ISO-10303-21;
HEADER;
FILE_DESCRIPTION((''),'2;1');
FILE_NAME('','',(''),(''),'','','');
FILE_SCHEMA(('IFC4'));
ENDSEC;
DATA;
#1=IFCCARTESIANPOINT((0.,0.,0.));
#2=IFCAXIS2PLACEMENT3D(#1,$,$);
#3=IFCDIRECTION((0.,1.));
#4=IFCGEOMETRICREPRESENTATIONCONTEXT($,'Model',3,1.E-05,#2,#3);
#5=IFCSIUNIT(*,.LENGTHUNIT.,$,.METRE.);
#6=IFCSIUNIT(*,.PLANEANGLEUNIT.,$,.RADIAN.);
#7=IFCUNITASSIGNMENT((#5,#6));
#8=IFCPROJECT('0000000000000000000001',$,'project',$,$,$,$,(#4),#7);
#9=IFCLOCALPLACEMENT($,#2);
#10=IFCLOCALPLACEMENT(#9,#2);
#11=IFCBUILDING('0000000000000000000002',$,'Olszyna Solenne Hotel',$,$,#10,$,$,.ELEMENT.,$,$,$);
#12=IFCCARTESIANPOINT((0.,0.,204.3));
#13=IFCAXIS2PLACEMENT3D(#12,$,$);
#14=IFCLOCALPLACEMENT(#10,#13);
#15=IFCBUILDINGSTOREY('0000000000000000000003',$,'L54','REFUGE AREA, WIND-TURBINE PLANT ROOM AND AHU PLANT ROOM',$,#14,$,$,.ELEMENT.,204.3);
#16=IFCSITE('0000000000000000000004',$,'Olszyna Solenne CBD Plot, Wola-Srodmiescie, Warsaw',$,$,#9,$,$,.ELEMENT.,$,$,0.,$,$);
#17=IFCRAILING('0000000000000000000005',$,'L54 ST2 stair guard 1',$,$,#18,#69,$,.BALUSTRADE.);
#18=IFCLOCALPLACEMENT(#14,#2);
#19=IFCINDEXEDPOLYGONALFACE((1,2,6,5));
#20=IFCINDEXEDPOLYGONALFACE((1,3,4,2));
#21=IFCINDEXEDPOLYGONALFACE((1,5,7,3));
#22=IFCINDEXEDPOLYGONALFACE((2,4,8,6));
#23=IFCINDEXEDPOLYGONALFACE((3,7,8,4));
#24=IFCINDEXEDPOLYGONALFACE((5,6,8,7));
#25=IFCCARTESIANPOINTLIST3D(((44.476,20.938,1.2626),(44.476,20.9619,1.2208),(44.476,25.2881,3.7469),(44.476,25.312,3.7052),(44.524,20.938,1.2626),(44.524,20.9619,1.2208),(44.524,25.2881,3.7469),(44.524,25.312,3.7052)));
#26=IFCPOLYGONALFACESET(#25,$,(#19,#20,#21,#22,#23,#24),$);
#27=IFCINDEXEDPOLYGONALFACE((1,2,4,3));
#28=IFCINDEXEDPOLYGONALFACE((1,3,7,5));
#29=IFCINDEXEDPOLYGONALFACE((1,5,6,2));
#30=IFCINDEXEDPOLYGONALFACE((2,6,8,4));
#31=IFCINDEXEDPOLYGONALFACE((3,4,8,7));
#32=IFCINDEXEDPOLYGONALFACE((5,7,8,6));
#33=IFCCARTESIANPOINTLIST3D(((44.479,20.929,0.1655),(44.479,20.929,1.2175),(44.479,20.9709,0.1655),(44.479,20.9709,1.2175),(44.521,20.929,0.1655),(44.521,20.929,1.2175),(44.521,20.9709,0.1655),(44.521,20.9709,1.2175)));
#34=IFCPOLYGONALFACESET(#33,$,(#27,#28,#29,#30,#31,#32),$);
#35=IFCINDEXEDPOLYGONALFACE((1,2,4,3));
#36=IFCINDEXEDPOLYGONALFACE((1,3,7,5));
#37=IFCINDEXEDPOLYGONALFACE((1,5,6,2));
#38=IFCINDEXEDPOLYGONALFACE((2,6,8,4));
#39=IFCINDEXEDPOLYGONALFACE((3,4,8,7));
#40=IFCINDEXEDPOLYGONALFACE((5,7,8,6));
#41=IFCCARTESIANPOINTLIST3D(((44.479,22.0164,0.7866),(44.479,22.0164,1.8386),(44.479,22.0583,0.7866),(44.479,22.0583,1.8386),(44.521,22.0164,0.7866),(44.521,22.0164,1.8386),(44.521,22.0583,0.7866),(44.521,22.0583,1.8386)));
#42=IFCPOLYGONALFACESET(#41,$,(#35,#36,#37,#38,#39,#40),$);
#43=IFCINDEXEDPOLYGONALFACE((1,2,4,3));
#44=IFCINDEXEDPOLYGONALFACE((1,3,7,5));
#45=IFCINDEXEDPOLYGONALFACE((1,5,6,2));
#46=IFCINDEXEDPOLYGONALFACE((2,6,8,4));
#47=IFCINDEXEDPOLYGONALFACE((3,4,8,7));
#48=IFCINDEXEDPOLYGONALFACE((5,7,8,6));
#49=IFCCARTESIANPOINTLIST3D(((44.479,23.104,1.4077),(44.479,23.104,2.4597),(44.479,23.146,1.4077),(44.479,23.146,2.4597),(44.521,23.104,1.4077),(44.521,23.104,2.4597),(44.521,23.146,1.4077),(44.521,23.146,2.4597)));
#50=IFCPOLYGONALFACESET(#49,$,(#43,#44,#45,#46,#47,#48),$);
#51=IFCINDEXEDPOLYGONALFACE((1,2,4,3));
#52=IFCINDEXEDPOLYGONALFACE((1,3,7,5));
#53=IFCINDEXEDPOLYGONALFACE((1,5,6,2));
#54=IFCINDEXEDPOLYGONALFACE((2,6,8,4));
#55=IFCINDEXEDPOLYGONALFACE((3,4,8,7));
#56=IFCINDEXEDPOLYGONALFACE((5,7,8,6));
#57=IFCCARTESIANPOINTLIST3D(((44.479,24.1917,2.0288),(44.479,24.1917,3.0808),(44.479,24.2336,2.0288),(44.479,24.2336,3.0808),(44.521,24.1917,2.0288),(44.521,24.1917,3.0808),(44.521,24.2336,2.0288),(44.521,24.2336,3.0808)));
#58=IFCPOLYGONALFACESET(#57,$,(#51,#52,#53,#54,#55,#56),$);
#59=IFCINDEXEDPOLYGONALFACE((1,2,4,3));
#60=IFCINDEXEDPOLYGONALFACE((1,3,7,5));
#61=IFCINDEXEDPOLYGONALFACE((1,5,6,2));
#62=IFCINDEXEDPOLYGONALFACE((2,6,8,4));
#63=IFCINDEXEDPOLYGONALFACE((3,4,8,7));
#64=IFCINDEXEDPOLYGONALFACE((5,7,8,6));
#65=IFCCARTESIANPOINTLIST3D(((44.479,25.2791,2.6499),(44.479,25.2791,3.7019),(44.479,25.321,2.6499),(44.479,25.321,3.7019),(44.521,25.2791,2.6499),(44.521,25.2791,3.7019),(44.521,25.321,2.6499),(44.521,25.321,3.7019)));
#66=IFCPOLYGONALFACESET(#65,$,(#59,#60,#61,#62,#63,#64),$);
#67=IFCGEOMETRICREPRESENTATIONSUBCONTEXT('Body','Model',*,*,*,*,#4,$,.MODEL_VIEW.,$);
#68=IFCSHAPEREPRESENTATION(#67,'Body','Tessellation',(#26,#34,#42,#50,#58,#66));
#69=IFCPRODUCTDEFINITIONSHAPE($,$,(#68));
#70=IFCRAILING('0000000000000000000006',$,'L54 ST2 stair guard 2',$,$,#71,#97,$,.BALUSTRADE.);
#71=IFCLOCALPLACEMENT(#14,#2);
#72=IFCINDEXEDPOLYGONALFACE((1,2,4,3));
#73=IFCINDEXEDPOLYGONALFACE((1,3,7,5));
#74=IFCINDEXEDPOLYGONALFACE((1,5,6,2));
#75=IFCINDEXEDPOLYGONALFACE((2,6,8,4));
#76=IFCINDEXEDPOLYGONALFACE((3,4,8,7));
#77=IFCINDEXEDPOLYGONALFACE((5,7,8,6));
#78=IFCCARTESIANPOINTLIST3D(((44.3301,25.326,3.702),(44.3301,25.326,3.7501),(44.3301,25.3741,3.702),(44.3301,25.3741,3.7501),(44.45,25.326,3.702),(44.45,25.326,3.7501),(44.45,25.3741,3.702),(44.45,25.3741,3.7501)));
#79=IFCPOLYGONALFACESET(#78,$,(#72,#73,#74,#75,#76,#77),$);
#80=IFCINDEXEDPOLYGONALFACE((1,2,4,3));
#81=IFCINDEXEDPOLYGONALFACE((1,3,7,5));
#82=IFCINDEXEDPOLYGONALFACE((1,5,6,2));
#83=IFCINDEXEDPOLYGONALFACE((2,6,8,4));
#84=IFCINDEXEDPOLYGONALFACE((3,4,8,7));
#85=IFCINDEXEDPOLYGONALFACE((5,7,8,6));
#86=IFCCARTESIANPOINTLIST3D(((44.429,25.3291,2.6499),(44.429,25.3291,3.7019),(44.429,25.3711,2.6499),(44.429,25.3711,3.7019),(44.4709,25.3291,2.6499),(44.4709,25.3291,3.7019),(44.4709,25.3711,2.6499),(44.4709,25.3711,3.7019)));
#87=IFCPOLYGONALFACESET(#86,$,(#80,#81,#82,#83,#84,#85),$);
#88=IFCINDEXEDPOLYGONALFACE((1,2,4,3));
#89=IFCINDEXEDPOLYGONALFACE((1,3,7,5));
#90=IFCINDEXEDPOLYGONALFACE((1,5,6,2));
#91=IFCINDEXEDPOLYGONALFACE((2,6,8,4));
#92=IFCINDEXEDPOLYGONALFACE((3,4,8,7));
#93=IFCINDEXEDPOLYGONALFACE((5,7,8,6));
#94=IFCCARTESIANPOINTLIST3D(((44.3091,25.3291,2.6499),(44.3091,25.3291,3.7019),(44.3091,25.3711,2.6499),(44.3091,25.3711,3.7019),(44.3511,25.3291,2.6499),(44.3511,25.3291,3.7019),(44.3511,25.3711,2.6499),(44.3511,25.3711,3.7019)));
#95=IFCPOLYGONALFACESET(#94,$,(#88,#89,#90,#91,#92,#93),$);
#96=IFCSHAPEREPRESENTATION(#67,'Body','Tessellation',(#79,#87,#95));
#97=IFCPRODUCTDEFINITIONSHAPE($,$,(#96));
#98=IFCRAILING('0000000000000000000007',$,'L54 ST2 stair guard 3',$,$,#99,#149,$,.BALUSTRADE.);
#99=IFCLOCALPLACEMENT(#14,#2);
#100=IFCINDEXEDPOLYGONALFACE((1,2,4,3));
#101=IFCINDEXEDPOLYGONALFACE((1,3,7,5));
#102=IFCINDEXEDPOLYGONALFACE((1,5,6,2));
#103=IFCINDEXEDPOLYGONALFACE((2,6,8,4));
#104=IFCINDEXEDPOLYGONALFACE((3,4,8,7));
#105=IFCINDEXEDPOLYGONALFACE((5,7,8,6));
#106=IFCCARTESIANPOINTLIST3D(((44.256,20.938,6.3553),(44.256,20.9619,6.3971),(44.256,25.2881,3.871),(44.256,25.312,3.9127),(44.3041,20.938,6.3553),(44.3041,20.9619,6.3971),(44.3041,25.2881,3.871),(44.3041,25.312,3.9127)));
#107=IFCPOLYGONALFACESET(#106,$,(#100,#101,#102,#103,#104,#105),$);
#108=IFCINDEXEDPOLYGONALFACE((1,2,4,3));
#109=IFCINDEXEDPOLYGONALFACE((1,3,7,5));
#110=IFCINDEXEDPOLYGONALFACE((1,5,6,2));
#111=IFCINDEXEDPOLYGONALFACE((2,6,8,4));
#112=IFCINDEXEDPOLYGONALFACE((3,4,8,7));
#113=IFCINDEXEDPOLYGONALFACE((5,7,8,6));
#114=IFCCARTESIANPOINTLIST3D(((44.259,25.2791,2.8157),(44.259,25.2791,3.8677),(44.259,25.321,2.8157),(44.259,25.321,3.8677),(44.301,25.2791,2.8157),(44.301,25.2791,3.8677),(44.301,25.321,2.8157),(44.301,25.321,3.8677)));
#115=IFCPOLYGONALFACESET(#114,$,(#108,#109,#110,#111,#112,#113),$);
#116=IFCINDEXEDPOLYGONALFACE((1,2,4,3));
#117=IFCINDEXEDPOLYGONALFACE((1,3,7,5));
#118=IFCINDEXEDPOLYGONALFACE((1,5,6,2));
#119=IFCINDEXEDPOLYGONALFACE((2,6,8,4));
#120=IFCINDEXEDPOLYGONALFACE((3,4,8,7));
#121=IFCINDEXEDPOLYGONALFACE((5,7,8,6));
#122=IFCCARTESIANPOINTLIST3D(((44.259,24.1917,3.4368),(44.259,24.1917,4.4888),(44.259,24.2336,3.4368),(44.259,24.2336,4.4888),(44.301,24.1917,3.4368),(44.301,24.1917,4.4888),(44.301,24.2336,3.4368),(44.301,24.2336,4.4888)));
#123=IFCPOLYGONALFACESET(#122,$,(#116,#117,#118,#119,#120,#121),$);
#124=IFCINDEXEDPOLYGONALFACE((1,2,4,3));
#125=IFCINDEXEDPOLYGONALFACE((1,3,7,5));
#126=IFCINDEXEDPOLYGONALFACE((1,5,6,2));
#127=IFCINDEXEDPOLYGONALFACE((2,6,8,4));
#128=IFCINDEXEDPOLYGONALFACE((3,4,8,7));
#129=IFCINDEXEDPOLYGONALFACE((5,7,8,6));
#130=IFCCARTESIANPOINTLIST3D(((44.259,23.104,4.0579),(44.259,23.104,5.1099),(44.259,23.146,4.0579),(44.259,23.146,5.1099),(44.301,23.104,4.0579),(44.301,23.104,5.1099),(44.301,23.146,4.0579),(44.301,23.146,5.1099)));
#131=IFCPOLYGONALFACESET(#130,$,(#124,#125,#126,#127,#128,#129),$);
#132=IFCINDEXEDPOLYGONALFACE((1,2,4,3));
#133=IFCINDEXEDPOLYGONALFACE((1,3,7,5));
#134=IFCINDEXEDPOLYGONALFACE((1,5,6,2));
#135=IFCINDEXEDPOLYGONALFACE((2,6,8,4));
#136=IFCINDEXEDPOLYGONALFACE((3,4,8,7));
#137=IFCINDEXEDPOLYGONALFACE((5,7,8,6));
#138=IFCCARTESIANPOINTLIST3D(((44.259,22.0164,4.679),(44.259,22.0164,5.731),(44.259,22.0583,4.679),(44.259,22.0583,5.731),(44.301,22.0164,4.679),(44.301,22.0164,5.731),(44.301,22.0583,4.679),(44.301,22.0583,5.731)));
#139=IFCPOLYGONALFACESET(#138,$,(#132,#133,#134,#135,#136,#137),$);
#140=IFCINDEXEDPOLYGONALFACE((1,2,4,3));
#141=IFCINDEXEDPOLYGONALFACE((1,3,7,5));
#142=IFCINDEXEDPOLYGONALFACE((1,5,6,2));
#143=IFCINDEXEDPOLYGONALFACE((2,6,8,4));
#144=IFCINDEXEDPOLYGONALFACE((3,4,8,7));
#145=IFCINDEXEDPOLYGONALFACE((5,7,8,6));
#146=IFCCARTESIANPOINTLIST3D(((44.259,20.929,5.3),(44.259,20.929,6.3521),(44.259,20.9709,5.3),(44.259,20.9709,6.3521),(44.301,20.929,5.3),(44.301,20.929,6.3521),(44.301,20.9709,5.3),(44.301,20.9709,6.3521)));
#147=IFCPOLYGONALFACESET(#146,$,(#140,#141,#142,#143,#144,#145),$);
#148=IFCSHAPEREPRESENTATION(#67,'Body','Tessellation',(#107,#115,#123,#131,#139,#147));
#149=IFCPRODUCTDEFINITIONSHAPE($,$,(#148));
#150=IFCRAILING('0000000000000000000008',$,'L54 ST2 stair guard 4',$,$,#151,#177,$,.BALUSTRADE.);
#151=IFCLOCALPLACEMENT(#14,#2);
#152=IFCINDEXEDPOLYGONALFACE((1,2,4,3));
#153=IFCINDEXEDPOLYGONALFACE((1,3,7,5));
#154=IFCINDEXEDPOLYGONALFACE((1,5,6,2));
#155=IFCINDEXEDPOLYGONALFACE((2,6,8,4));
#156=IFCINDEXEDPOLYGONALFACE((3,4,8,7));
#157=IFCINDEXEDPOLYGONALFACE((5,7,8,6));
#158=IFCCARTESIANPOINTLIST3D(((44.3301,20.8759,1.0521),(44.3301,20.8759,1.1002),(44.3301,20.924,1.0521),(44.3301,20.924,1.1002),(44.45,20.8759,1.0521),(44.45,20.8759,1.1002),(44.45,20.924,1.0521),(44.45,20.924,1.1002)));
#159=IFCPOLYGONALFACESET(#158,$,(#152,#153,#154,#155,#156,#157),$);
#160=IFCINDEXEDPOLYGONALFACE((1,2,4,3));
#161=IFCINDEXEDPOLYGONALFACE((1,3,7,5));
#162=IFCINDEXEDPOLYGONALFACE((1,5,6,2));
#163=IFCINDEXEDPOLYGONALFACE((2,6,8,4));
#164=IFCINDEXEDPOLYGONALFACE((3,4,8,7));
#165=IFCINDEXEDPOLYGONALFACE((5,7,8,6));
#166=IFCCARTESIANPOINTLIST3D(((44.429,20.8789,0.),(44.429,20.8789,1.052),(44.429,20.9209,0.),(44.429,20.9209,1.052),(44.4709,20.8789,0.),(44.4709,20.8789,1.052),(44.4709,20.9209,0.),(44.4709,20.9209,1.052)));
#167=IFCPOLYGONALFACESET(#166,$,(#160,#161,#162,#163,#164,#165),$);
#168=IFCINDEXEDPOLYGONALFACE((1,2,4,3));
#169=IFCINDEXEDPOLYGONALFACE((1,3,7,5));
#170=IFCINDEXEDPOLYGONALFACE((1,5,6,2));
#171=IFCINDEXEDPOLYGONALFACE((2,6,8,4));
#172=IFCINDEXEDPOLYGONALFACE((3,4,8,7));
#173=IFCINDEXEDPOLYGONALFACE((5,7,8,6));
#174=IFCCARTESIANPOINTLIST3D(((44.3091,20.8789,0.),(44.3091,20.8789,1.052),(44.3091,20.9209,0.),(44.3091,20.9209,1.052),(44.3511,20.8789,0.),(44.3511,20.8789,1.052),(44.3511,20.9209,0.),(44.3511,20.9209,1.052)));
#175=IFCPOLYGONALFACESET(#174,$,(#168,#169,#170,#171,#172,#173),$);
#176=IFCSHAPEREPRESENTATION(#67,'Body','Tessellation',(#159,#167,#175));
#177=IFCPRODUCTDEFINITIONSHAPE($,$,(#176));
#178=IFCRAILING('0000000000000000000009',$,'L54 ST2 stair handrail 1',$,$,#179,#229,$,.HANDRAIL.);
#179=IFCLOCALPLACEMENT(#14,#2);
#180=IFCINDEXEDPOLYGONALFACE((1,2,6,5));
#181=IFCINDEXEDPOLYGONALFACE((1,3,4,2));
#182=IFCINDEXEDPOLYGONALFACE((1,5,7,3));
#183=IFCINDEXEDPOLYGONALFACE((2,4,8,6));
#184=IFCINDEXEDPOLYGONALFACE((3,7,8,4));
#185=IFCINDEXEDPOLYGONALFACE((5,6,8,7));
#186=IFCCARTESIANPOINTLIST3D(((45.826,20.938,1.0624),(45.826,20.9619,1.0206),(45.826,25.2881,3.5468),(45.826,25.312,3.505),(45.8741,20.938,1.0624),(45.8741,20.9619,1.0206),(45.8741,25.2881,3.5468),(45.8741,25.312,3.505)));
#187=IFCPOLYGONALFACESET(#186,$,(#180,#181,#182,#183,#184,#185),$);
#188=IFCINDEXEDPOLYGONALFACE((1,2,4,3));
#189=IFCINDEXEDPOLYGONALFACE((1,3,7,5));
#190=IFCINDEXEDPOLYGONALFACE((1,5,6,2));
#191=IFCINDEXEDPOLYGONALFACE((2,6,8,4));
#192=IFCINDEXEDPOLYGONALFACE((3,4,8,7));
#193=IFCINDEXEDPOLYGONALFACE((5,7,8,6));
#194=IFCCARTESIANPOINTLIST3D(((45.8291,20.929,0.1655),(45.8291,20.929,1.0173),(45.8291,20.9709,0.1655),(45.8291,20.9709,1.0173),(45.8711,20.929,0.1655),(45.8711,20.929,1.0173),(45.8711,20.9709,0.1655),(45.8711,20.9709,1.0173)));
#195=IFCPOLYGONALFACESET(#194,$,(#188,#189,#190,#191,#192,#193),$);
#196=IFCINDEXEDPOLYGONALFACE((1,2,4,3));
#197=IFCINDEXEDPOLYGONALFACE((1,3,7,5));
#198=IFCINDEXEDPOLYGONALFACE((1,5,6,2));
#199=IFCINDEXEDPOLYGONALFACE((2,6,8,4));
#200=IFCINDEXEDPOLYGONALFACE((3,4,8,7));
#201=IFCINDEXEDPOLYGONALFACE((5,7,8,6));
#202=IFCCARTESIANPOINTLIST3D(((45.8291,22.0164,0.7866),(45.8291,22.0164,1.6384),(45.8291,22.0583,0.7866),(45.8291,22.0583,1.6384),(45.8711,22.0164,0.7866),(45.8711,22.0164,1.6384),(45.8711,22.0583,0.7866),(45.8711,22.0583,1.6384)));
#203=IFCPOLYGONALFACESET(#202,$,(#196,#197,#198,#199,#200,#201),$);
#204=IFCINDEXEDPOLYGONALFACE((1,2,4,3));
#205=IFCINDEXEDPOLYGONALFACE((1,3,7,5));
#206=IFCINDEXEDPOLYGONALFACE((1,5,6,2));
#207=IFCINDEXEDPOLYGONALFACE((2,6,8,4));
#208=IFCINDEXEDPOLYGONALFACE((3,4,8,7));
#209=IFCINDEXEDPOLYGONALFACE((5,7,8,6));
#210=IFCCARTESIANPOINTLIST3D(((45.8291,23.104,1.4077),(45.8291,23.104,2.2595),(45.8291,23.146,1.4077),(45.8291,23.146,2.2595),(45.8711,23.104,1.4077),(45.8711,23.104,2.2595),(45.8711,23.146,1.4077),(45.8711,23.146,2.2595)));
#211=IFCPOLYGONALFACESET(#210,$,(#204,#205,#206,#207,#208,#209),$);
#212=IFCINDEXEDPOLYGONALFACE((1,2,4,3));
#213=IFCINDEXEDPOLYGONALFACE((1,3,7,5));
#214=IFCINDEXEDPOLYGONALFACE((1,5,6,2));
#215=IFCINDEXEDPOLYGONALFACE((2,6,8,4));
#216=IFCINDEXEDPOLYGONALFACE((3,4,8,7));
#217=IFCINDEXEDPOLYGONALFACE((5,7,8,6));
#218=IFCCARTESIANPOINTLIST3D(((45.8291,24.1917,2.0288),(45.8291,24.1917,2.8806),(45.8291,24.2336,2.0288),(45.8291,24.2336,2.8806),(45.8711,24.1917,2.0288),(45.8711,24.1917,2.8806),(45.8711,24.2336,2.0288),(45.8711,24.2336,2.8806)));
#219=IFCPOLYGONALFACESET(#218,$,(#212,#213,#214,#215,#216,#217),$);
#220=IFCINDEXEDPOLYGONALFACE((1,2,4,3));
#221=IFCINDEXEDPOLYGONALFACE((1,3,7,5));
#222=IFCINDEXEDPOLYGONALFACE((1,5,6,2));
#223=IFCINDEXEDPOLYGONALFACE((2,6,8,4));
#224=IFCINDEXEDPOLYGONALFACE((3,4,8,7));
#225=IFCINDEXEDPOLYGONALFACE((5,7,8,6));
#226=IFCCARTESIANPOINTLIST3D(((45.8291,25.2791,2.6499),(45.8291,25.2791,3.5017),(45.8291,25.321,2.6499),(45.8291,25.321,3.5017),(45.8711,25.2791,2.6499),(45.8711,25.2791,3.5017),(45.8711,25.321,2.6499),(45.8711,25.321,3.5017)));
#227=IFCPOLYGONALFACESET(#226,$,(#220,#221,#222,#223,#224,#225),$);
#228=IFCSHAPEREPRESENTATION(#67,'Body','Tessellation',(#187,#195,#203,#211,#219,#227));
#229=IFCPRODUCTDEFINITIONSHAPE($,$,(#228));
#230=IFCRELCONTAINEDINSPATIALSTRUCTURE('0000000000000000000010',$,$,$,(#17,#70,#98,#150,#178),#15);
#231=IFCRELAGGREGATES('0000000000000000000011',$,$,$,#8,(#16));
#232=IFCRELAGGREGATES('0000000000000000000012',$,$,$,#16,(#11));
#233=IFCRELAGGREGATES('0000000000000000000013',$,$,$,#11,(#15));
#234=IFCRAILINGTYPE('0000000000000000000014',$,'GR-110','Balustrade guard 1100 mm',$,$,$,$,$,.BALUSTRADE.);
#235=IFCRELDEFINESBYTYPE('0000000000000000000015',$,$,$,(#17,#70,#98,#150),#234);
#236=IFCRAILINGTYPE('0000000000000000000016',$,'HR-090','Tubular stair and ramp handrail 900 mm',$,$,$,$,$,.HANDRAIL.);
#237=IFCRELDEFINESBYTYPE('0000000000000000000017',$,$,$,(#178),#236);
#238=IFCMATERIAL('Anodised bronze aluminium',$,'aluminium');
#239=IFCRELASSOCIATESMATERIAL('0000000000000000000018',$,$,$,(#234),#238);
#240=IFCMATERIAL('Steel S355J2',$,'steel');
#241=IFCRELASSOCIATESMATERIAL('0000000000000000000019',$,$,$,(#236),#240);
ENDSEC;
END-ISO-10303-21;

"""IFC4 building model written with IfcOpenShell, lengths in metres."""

from ifc_helpers import new_model, si_unit, direction, frame, origin, origin_2d, place, context, subcontext, project, spatial, rectangle, extrude, material, type_object, element, save


model = new_model("IFC4")

# Units and contexts
model_context = context("Model", 3, precision=1e-05, world=origin(), true_north=direction((0.0, 1.0)))
body_context = subcontext(model_context, "Body", "Model", "MODEL_VIEW")
ifc_project = project(units=[si_unit("LENGTHUNIT", "METRE"), si_unit("PLANEANGLEUNIT", "RADIAN")], contexts=[model_context])

# Site, building, storey
site_placement = place(None, origin())
site = spatial("IfcSite", under=ifc_project, at=site_placement, Name="Olszyna Solenne CBD Plot, Wola-Srodmiescie, Warsaw", CompositionType="ELEMENT", RefElevation=0.0)
building_placement = place(site_placement, origin())
building = spatial("IfcBuilding", under=site, at=building_placement, Name="Olszyna Solenne Hotel", CompositionType="ELEMENT")
storey_placement = place(building_placement, frame((0.0, 0.0, 204.3)))
storey = spatial("IfcBuildingStorey", under=building, at=storey_placement, Name="L54", Description="REFUGE AREA, WIND-TURBINE PLANT ROOM AND AHU PLANT ROOM", CompositionType="ELEMENT", Elevation=204.3)

# Shared definitions
ifc_material_1 = material(Name="Steel S355J2", Category="steel")

# Railings
ifc_material_2 = material(Name="Anodised bronze aluminium", Category="aluminium")
railing_type_1 = type_object("IfcRailingType", Name="GR-110", Description="Balustrade guard 1100 mm", PredefinedType="BALUSTRADE", material=ifc_material_2)
railing_1_placement = place(storey_placement, frame((44.5, 20.95, 0.1655)))
element("IfcRailing", 1, at=railing_1_placement, inside=storey, type_object=railing_type_1, Name="L54 ST2 stair guard 1", PredefinedType="BALUSTRADE", context=body_context, shape_type="SweptSolid", body=[
    extrude(rectangle(XDim=0.0481, YDim=0.0481, at=origin_2d()), frame((0.0, 0.0, 1.0762), z_axis=(0.0, 0.868363, 0.495929), x_axis=(-1.0, 0.0, 0.0)), (0.0, 0.0, 1.0), 5.0095),
    extrude(rectangle(XDim=0.042, YDim=0.042, at=origin_2d()), origin(), (0.0, 0.0, 1.0), 1.052),
    extrude(rectangle(XDim=0.042, YDim=0.042, at=origin_2d()), frame((0.0, 1.0874, 0.6211)), (0.0, 0.0, 1.0), 1.052),
    extrude(rectangle(XDim=0.042, YDim=0.042, at=origin_2d()), frame((0.0, 2.175, 1.2422)), (0.0, 0.0, 1.0), 1.052),
    extrude(rectangle(XDim=0.042, YDim=0.042, at=origin_2d()), frame((0.0, 3.2627, 1.8633)), (0.0, 0.0, 1.0), 1.052),
    extrude(rectangle(XDim=0.042, YDim=0.042, at=origin_2d()), frame((0.0, 4.3501, 2.4844)), (0.0, 0.0, 1.0), 1.052),
])
railing_2_placement = place(storey_placement, frame((44.45, 25.3501, 2.6499)))
element("IfcRailing", 2, at=railing_2_placement, inside=storey, type_object=railing_type_1, Name="L54 ST2 stair guard 2", PredefinedType="BALUSTRADE", context=body_context, shape_type="SweptSolid", body=[
    extrude(rectangle(XDim=0.0481, YDim=0.0481, at=origin_2d()), frame((0.0, 0.0, 1.0762), z_axis=(-1.0, 0.0, 0.0), x_axis=(0.0, -1.0, 0.0)), (0.0, 0.0, 1.0), 0.1199),
    extrude(rectangle(XDim=0.042, YDim=0.042, at=origin_2d()), origin(), (0.0, 0.0, 1.0), 1.052),
    extrude(rectangle(XDim=0.042, YDim=0.042, at=origin_2d()), frame((-0.1199, 0.0, 0.0)), (0.0, 0.0, 1.0), 1.052),
])
railing_3_placement = place(storey_placement, frame((44.28, 25.3, 2.8157)))
element("IfcRailing", 3, at=railing_3_placement, inside=storey, type_object=railing_type_1, Name="L54 ST2 stair guard 3", PredefinedType="BALUSTRADE", context=body_context, shape_type="SweptSolid", body=[
    extrude(rectangle(XDim=0.0481, YDim=0.0481, at=origin_2d()), frame((0.0, 0.0, 1.0762), z_axis=(0.0, -0.868363, 0.495929), x_axis=(1.0, 0.0, 0.0)), (0.0, 0.0, 1.0), 5.0095),
    extrude(rectangle(XDim=0.042, YDim=0.042, at=origin_2d()), origin(), (0.0, 0.0, 1.0), 1.052),
    extrude(rectangle(XDim=0.042, YDim=0.042, at=origin_2d()), frame((0.0, -1.0874, 0.6211)), (0.0, 0.0, 1.0), 1.052),
    extrude(rectangle(XDim=0.042, YDim=0.042, at=origin_2d()), frame((0.0, -2.175, 1.2422)), (0.0, 0.0, 1.0), 1.052),
    extrude(rectangle(XDim=0.042, YDim=0.042, at=origin_2d()), frame((0.0, -3.2627, 1.8633)), (0.0, 0.0, 1.0), 1.052),
    extrude(rectangle(XDim=0.042, YDim=0.042, at=origin_2d()), frame((0.0, -4.3501, 2.4844)), (0.0, 0.0, 1.0), 1.052),
])
railing_4_placement = place(storey_placement, frame((44.45, 20.8999, 0.0)))
element("IfcRailing", 4, at=railing_4_placement, inside=storey, type_object=railing_type_1, Name="L54 ST2 stair guard 4", PredefinedType="BALUSTRADE", context=body_context, shape_type="SweptSolid", body=[
    extrude(rectangle(XDim=0.0481, YDim=0.0481, at=origin_2d()), frame((0.0, 0.0, 1.0762), z_axis=(-1.0, 0.0, 0.0), x_axis=(0.0, -1.0, 0.0)), (0.0, 0.0, 1.0), 0.1199),
    extrude(rectangle(XDim=0.042, YDim=0.042, at=origin_2d()), origin(), (0.0, 0.0, 1.0), 1.052),
    extrude(rectangle(XDim=0.042, YDim=0.042, at=origin_2d()), frame((-0.1199, 0.0, 0.0)), (0.0, 0.0, 1.0), 1.052),
])
railing_type_2 = type_object("IfcRailingType", Name="HR-090", Description="Tubular stair and ramp handrail 900 mm", PredefinedType="HANDRAIL", material=ifc_material_1)
railing_5_placement = place(storey_placement, frame((45.8501, 20.95, 0.1655)))
element("IfcRailing", 5, at=railing_5_placement, inside=storey, type_object=railing_type_2, Name="L54 ST2 stair handrail 1", PredefinedType="HANDRAIL", context=body_context, shape_type="SweptSolid", body=[
    extrude(rectangle(XDim=0.0481, YDim=0.0481, at=origin_2d()), frame((0.0, 0.0, 0.876), z_axis=(0.0, 0.868363, 0.495929), x_axis=(-1.0, 0.0, 0.0)), (0.0, 0.0, 1.0), 5.0095),
    extrude(rectangle(XDim=0.042, YDim=0.042, at=origin_2d()), origin(), (0.0, 0.0, 1.0), 0.8518),
    extrude(rectangle(XDim=0.042, YDim=0.042, at=origin_2d()), frame((0.0, 1.0874, 0.6211)), (0.0, 0.0, 1.0), 0.8518),
    extrude(rectangle(XDim=0.042, YDim=0.042, at=origin_2d()), frame((0.0, 2.175, 1.2422)), (0.0, 0.0, 1.0), 0.8518),
    extrude(rectangle(XDim=0.042, YDim=0.042, at=origin_2d()), frame((0.0, 3.2627, 1.8633)), (0.0, 0.0, 1.0), 0.8518),
    extrude(rectangle(XDim=0.042, YDim=0.042, at=origin_2d()), frame((0.0, 4.3501, 2.4844)), (0.0, 0.0, 1.0), 0.8518),
])

save(model, "model.ifc")
